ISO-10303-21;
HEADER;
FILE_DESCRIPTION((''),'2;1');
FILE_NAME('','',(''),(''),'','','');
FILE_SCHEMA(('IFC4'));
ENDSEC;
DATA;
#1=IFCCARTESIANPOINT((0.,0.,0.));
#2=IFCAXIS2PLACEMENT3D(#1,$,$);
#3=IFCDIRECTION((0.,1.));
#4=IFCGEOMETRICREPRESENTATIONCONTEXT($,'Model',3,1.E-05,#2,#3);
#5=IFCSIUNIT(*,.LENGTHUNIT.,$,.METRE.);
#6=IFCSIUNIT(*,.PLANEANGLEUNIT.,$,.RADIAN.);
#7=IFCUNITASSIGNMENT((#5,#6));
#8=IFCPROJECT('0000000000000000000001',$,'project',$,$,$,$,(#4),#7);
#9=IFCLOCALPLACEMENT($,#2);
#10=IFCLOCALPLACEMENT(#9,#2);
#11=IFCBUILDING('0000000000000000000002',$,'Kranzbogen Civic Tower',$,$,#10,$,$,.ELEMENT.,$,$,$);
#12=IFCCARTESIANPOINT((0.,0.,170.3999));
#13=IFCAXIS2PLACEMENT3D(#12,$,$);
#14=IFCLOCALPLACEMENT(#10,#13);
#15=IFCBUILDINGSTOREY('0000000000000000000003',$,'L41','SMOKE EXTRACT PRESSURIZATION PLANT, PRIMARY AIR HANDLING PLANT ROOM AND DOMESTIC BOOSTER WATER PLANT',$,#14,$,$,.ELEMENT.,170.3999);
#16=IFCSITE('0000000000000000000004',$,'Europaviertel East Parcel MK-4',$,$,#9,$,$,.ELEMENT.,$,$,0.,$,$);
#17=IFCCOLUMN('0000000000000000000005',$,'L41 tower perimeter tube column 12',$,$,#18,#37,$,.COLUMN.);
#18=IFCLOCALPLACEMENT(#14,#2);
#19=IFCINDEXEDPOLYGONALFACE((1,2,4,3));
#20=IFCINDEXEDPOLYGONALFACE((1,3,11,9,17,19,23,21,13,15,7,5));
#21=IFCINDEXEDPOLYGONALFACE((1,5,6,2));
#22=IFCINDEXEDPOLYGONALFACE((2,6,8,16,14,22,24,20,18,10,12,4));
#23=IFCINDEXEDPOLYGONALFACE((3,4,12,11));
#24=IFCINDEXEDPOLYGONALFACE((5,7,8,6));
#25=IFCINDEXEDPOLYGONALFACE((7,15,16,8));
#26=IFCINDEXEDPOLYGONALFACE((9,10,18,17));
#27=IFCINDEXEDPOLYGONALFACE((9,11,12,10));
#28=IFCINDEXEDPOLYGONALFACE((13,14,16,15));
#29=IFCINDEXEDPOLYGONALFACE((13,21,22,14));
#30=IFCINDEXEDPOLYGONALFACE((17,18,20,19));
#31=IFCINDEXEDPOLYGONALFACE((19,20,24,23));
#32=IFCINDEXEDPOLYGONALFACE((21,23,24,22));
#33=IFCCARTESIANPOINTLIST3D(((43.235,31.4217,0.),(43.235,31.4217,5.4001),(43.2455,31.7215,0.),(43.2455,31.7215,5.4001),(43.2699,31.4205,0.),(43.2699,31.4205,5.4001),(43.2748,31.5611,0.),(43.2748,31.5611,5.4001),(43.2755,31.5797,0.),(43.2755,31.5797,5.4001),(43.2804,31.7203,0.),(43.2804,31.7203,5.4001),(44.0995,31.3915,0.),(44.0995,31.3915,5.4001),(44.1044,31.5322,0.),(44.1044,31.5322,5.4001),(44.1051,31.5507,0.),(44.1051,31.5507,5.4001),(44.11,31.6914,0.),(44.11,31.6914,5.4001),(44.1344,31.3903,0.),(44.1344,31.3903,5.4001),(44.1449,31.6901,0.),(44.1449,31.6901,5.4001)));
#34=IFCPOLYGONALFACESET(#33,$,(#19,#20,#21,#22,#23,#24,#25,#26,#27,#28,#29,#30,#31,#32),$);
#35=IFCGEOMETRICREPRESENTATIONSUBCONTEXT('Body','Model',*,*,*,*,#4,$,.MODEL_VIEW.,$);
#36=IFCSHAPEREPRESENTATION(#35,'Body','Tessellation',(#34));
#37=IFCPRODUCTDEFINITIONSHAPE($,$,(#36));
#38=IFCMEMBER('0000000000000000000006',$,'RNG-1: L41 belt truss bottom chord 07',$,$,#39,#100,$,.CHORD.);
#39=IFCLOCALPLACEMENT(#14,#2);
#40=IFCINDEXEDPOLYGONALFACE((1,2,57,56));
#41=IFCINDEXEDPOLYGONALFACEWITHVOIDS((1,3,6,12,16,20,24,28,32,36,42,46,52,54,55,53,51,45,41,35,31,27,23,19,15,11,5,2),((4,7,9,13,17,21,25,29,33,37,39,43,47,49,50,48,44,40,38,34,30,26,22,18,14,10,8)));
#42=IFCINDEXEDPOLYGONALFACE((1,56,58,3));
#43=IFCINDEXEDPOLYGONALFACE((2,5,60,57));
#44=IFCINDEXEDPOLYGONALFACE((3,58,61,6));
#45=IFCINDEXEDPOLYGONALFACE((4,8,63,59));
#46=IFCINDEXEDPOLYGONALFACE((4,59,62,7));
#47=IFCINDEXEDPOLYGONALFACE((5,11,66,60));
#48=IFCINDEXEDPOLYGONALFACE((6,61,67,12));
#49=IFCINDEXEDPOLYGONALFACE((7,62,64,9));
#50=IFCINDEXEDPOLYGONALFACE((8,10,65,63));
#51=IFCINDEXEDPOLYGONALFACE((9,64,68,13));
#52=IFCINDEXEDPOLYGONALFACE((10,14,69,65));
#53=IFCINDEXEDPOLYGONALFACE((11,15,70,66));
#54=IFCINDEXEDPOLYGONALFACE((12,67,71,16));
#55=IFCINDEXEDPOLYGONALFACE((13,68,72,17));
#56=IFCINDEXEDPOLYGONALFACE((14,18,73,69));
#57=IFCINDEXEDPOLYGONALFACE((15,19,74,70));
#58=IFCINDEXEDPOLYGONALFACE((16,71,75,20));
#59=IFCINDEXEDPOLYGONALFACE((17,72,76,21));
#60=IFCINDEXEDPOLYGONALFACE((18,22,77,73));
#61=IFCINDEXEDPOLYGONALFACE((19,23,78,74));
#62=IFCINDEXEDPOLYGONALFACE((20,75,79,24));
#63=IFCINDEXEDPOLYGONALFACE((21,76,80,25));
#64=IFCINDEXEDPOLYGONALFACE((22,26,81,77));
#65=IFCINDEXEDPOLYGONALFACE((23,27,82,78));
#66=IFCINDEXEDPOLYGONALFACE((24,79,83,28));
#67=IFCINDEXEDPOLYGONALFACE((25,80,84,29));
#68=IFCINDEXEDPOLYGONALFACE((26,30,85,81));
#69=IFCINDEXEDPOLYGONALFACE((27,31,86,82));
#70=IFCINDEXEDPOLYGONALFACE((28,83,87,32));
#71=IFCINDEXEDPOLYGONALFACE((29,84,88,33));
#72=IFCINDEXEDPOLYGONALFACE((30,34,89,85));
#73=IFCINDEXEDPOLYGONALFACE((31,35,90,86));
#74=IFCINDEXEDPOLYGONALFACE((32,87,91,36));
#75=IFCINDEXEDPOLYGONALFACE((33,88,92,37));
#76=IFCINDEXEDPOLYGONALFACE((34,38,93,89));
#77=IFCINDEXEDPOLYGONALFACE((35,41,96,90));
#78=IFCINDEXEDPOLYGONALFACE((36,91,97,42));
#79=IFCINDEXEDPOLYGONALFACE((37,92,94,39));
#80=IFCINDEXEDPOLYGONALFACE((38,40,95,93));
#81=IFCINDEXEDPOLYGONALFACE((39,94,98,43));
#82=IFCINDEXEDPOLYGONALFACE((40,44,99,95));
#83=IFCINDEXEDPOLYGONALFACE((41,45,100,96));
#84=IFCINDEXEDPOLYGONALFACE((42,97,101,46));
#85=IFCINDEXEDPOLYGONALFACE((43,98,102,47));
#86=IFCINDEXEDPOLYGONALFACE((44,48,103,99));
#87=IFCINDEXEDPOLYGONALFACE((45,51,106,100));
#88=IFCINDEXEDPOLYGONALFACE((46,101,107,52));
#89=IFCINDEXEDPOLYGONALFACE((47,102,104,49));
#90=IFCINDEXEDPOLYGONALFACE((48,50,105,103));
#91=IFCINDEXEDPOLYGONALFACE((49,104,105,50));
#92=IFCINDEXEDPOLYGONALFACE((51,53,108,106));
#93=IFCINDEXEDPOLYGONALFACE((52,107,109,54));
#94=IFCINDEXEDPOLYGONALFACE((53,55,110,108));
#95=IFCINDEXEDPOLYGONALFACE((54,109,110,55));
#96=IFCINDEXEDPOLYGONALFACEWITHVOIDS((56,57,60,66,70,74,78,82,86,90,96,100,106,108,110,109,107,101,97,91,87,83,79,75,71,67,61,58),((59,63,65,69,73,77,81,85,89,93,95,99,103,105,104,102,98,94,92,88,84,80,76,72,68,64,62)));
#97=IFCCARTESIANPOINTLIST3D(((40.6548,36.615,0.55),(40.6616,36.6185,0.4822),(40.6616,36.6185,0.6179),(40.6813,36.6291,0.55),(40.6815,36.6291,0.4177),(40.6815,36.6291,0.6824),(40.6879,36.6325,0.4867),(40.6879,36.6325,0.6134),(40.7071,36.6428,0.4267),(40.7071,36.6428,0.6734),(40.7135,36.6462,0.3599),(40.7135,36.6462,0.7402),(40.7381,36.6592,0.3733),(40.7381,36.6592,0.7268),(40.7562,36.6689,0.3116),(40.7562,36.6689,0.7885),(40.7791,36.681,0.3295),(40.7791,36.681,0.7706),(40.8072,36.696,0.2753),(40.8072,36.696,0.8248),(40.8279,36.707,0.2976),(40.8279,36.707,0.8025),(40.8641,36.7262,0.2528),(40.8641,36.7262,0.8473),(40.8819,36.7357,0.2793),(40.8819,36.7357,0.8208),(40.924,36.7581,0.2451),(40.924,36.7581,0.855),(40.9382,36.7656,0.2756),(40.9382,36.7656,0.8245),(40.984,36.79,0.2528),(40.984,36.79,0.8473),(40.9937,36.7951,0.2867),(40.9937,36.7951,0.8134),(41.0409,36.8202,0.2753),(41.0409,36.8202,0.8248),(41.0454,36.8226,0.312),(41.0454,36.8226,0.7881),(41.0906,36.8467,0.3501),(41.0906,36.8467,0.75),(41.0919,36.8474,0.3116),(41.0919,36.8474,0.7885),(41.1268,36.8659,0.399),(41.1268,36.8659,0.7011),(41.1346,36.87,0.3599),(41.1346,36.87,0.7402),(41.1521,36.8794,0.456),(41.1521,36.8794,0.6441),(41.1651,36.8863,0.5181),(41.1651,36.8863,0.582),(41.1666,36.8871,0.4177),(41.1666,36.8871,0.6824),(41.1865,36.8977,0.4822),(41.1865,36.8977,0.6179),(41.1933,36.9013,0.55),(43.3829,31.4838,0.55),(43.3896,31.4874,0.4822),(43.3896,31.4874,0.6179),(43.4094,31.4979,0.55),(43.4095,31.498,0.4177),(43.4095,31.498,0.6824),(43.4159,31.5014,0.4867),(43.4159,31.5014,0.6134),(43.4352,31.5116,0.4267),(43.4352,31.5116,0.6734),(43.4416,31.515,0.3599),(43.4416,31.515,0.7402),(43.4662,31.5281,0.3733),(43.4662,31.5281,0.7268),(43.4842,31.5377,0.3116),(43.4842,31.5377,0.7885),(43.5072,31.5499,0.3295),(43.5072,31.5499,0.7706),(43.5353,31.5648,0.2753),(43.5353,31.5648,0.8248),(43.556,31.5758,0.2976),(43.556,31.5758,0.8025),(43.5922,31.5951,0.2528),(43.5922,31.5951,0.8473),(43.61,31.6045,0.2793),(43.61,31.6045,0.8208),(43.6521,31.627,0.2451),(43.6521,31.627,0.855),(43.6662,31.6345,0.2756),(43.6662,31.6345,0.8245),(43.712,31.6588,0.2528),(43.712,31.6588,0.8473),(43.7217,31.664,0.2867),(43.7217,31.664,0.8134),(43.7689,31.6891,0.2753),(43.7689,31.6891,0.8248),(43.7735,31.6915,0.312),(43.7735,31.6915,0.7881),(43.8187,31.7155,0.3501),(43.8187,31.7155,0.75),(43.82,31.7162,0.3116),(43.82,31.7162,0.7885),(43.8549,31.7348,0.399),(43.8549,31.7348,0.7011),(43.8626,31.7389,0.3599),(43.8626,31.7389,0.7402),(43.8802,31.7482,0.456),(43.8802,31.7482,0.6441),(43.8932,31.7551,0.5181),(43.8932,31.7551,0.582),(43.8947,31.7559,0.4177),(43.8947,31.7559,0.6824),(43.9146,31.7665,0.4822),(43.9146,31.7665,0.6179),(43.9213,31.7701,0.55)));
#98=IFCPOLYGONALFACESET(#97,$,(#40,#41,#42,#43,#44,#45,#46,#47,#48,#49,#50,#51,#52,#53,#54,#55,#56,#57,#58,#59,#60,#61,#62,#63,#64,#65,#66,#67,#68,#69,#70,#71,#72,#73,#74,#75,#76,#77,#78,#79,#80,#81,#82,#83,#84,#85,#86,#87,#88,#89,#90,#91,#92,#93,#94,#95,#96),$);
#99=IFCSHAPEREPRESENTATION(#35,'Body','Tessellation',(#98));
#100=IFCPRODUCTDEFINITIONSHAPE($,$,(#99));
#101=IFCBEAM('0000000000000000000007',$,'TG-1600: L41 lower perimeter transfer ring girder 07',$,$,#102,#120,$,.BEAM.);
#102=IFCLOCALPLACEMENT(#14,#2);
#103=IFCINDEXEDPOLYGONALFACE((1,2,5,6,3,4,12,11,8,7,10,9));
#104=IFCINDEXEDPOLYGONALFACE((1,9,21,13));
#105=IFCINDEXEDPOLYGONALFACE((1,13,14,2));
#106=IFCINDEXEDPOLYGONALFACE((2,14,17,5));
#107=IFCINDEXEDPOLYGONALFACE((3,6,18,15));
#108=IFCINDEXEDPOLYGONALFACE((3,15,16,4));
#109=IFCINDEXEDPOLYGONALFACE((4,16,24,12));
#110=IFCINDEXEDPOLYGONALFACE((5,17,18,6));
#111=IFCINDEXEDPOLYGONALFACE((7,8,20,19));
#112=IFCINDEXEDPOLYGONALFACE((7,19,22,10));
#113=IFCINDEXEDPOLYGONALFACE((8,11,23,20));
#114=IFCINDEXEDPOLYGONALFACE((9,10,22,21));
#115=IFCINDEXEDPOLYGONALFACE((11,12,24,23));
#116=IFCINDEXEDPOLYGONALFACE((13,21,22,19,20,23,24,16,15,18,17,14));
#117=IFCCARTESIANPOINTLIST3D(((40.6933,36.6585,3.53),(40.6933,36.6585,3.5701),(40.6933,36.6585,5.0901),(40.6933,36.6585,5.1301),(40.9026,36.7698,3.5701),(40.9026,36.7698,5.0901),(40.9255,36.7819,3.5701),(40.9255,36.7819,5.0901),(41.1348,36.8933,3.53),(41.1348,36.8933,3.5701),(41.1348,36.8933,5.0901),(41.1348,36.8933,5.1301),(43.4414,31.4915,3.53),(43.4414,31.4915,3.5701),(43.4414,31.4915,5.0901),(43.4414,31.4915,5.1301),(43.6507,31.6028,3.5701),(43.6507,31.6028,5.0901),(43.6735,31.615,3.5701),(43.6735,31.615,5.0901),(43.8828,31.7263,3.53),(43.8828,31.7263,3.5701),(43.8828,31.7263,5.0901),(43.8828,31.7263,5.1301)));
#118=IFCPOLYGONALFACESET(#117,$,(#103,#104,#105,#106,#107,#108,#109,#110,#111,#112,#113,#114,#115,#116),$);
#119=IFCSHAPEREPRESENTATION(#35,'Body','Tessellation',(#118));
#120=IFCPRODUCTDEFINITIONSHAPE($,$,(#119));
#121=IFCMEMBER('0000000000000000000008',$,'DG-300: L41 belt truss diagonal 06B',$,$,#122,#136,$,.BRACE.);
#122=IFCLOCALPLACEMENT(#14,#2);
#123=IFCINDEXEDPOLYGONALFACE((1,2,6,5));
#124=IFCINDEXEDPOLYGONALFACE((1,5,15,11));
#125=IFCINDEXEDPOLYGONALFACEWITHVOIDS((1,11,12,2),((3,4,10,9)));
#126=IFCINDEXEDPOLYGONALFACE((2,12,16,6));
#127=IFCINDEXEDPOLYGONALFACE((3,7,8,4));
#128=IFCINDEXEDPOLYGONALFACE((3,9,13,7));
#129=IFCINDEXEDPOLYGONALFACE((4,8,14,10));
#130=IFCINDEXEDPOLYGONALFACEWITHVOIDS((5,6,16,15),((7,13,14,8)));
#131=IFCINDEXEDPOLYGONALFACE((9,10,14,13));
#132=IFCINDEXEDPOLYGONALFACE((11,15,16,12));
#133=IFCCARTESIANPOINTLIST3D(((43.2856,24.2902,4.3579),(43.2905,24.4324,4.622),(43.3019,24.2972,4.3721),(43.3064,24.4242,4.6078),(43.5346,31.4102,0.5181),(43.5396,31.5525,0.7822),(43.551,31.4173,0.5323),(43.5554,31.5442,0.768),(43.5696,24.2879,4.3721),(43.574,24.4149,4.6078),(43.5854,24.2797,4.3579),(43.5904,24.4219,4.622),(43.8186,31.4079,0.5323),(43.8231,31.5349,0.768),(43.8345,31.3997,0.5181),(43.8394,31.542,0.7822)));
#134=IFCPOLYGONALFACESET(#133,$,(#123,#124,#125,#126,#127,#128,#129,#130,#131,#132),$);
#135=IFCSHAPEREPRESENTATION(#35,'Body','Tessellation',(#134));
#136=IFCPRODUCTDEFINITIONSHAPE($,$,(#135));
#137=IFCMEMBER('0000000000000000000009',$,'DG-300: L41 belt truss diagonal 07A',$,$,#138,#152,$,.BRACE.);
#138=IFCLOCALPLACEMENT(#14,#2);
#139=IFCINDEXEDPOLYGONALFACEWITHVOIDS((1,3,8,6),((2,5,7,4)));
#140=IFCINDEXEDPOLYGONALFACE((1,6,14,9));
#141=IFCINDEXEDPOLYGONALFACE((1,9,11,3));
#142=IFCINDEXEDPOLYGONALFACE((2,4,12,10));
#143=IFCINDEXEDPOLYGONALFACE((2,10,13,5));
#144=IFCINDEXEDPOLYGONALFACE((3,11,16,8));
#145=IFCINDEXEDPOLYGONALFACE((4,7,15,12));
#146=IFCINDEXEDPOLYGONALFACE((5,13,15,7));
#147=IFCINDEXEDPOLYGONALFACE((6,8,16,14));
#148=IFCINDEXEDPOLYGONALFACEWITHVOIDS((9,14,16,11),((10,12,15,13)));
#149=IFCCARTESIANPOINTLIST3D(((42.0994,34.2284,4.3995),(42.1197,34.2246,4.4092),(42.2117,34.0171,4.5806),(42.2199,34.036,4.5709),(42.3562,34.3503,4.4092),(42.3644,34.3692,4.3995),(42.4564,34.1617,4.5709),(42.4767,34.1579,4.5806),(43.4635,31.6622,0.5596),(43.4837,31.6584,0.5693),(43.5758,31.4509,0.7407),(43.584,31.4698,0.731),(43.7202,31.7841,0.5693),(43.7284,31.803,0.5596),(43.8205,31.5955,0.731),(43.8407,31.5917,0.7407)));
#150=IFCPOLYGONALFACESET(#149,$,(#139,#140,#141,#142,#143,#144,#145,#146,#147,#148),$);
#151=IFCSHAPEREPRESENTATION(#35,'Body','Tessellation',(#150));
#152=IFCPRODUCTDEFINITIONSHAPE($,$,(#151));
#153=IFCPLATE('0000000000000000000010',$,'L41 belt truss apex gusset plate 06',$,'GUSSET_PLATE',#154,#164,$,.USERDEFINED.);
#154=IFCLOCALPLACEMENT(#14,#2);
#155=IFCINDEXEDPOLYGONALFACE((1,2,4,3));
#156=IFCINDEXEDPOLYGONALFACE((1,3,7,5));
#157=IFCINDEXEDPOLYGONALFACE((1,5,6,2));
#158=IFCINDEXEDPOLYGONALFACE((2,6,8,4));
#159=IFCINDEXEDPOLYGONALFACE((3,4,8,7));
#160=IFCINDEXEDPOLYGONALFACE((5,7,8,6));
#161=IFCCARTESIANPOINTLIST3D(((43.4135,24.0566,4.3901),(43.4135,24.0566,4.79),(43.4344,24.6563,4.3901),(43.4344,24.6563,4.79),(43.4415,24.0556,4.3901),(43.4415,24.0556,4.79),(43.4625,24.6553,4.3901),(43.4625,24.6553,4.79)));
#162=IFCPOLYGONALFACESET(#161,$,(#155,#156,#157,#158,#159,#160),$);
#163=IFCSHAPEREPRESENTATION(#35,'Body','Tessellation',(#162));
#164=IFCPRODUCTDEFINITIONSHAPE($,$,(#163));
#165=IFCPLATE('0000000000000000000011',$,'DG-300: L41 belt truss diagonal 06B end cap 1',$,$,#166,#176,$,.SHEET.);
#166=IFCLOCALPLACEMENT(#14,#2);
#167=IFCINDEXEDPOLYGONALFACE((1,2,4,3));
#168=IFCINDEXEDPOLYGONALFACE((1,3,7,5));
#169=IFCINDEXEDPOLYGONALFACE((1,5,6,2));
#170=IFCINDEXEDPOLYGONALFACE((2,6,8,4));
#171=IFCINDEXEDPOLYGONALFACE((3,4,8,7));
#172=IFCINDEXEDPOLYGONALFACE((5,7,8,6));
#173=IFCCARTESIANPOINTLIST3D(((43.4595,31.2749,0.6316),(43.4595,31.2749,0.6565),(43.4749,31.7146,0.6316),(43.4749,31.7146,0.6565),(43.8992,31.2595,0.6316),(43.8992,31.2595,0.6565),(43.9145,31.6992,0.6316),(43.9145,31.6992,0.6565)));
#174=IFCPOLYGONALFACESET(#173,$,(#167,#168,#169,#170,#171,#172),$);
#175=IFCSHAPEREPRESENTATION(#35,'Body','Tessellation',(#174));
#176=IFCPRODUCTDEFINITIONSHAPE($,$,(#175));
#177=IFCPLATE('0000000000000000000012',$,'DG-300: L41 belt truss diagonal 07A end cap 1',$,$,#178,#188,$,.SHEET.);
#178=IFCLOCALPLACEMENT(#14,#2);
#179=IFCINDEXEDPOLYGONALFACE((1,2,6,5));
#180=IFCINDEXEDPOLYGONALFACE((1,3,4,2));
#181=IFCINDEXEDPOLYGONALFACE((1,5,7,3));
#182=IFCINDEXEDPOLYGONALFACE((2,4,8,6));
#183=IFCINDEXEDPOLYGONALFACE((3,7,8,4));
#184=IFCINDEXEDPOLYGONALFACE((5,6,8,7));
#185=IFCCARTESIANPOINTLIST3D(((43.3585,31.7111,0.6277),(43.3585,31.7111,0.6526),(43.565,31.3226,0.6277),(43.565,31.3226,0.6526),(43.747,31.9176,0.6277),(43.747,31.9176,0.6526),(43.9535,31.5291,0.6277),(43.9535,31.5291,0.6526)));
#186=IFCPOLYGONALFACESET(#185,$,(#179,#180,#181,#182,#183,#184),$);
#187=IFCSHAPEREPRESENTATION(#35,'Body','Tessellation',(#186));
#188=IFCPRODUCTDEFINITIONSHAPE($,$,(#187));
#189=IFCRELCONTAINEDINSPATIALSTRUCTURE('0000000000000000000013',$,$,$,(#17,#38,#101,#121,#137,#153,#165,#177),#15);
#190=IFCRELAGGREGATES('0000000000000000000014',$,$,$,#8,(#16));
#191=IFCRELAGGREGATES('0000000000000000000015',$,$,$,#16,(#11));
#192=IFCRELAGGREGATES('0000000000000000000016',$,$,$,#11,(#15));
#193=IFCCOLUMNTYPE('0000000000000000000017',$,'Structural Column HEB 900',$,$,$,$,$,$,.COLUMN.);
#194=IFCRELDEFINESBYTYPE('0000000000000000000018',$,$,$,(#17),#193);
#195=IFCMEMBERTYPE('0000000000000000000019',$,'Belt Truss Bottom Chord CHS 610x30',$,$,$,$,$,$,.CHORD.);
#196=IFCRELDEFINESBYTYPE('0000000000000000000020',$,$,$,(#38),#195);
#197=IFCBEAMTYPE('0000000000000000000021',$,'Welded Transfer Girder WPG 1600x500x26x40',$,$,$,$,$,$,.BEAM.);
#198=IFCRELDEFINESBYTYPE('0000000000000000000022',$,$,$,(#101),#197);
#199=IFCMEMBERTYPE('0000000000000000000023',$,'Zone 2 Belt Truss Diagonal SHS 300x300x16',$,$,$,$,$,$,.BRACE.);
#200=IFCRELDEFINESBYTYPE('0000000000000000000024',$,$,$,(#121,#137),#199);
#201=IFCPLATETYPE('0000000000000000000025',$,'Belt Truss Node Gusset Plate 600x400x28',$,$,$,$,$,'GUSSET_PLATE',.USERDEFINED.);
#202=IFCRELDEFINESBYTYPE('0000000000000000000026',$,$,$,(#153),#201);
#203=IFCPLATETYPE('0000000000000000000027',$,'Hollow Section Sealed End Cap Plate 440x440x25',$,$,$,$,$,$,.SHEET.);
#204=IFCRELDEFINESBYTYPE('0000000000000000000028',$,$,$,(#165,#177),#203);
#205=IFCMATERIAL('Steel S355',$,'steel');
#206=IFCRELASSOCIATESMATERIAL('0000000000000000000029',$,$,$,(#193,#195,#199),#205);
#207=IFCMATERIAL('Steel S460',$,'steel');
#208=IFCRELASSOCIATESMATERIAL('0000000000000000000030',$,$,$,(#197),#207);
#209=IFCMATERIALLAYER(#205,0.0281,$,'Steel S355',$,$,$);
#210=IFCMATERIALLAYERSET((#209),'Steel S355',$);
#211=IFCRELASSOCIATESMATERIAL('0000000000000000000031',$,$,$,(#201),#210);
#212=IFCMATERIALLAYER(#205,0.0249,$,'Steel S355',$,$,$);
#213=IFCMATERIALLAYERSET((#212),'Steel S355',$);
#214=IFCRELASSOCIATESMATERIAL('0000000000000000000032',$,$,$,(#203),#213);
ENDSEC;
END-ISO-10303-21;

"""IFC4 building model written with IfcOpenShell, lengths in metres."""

from ifc_helpers import new_model, si_unit, direction, frame, origin, origin_2d, place, context, subcontext, project, spatial, rectangle, hollow_rectangle, hollow_circle, i_section, extrude, material, layer, layer_set, material_profile, profile_set, type_object, element, save


model = new_model("IFC4")

# Units and contexts
model_context = context("Model", 3, precision=1e-05, world=origin(), true_north=direction((0.0, 1.0)))
body_context = subcontext(model_context, "Body", "Model", "MODEL_VIEW")
ifc_project = project(units=[si_unit("LENGTHUNIT", "METRE"), si_unit("PLANEANGLEUNIT", "RADIAN")], contexts=[model_context])

# Site, building, storey
site_placement = place(None, origin())
site = spatial("IfcSite", under=ifc_project, at=site_placement, Name="Europaviertel East Parcel MK-4", CompositionType="ELEMENT", RefElevation=0.0)
building_placement = place(site_placement, origin())
building = spatial("IfcBuilding", under=site, at=building_placement, Name="Kranzbogen Civic Tower", CompositionType="ELEMENT")
storey_placement = place(building_placement, frame((0.0, 0.0, 170.3999)))
storey = spatial("IfcBuildingStorey", under=building, at=storey_placement, Name="L41", Description="SMOKE EXTRACT PRESSURIZATION PLANT, PRIMARY AIR HANDLING PLANT ROOM AND DOMESTIC BOOSTER WATER PLANT", CompositionType="ELEMENT", Elevation=170.3999)

# Column
ifc_material_1 = material(Name="Steel S355", Category="steel")
ifc_material_profile_1 = material_profile(ifc_material_1, i_section(OverallWidth=0.3, OverallDepth=0.8999, WebThickness=0.0186, FlangeThickness=0.0349, at=origin_2d()), Name="HEB 900")
ifc_profile_set_1 = profile_set([ifc_material_profile_1], Name="Steel S355")
column_type = type_object("IfcColumnType", Name="Structural Column HEB 900", PredefinedType="COLUMN", material=ifc_profile_set_1)
column_placement = place(storey_placement, frame((43.6899, 31.5559, 0.0), z_axis=(0.0, 0.0, 1.0), x_axis=(0.034899, 0.999391, 0.0)))
element("IfcColumn", 1, at=column_placement, inside=storey, type_object=column_type, Name="L41 tower perimeter tube column 12", PredefinedType="COLUMN", context=body_context, shape_type="SweptSolid", body=[
    extrude(i_section(OverallWidth=0.3, OverallDepth=0.8999, WebThickness=0.0186, FlangeThickness=0.0349, at=origin_2d()), origin(), (0.0, 0.0, 1.0), 5.4001),
])

# Member
ifc_material_profile_2 = material_profile(ifc_material_1, hollow_circle(Radius=0.3049, WallThickness=0.03, at=origin_2d()), Name="CHS 610x30")
ifc_profile_set_2 = profile_set([ifc_material_profile_2], Name="Steel S355")
member_type_1 = type_object("IfcMemberType", Name="Belt Truss Bottom Chord CHS 610x30", PredefinedType="CHORD", material=ifc_profile_set_2)
member_1_placement = place(storey_placement, frame((43.6521, 31.627, 0.55), z_axis=(-0.469441, 0.882964, 0.0), x_axis=(-0.882964, -0.469441, 0.0)))
element("IfcMember", 2, at=member_1_placement, inside=storey, type_object=member_type_1, Name="RNG-1: L41 belt truss bottom chord 07", PredefinedType="CHORD", context=body_context, shape_type="SweptSolid", body=[
    extrude(hollow_circle(Radius=0.3049, WallThickness=0.03, at=origin_2d()), origin(), (0.0, 0.0, 1.0), 5.8113),
])

# Beam
ifc_material_2 = material(Name="Steel S460", Category="steel")
ifc_material_profile_3 = material_profile(ifc_material_2, i_section(OverallWidth=0.5, OverallDepth=1.6001, WebThickness=0.0259, FlangeThickness=0.04, at=origin_2d()), Name="WPG 1600x500x26x40")
ifc_profile_set_3 = profile_set([ifc_material_profile_3], Name="Steel S460")
beam_type = type_object("IfcBeamType", Name="Welded Transfer Girder WPG 1600x500x26x40", PredefinedType="BEAM", material=ifc_profile_set_3)
beam_placement = place(storey_placement, frame((43.6621, 31.6089, 4.3301), z_axis=(-0.469566, 0.882897, 0.0), x_axis=(-0.882897, -0.469566, 0.0)))
element("IfcBeam", 3, at=beam_placement, inside=storey, type_object=beam_type, Name="TG-1600: L41 lower perimeter transfer ring girder 07", PredefinedType="BEAM", context=body_context, shape_type="SweptSolid", body=[
    extrude(i_section(OverallWidth=0.5, OverallDepth=1.6001, WebThickness=0.0259, FlangeThickness=0.04, at=origin_2d()), origin(), (0.0, 0.0, 1.0), 5.8523),
])

# Members
ifc_material_profile_4 = material_profile(ifc_material_1, hollow_rectangle(XDim=0.3, YDim=0.3, WallThickness=0.0161, at=origin_2d()), Name="SHS 300x300x16")
ifc_profile_set_4 = profile_set([ifc_material_profile_4], Name="Steel S355")
member_type_2 = type_object("IfcMemberType", Name="Zone 2 Belt Truss Diagonal SHS 300x300x16", PredefinedType="BRACE", material=ifc_profile_set_4)
member_2_placement = place(storey_placement, frame((43.687, 31.4761, 0.6501), z_axis=(-0.030769, -0.879748, 0.474444), x_axis=(0.999389, -0.034953, 0.0)))
element("IfcMember", 4, at=member_2_placement, inside=storey, type_object=member_type_2, Name="DG-300: L41 belt truss diagonal 06B", PredefinedType="BRACE", context=body_context, shape_type="SweptSolid", body=[
    extrude(hollow_rectangle(XDim=0.3, YDim=0.3, WallThickness=0.0161, at=origin_2d()), origin(), (0.0, 0.0, 1.0), 8.0933),
])
member_3_placement = place(storey_placement, frame((43.6521, 31.627, 0.6501), z_axis=(-0.283248, 0.532884, 0.797374), x_axis=(-0.88301, -0.469354, 0.0)))
element("IfcMember", 5, at=member_3_placement, inside=storey, type_object=member_type_2, Name="DG-300: L41 belt truss diagonal 07A", PredefinedType="BRACE", context=body_context, shape_type="SweptSolid", body=[
    extrude(hollow_rectangle(XDim=0.3, YDim=0.3, WallThickness=0.0161, at=origin_2d()), origin(), (0.0, 0.0, 1.0), 4.8157),
])

# Plates
ifc_layer_1 = layer(ifc_material_1, 0.0281, Name="Steel S355")
ifc_layer_set_1 = layer_set([ifc_layer_1], Name="Steel S355")
plate_type_1 = type_object("IfcPlateType", Name="Belt Truss Node Gusset Plate 600x400x28", ElementType="GUSSET_PLATE", PredefinedType="USERDEFINED", material=ifc_layer_set_1)
plate_placement = place(storey_placement, frame((43.438, 24.356, 4.3901), z_axis=(0.0, 0.0, 1.0), x_axis=(0.034917, 0.99939, 0.0)))
element("IfcPlate", 6, at=plate_placement, inside=storey, type_object=plate_type_1, Name="L41 belt truss apex gusset plate 06", ObjectType="GUSSET_PLATE", PredefinedType="USERDEFINED", context=body_context, shape_type="SweptSolid", body=[
    extrude(rectangle(XDim=0.6001, YDim=0.0281, at=origin_2d()), origin(), (0.0, 0.0, 1.0), 0.3999),
])
ifc_layer_2 = layer(ifc_material_1, 0.0249, Name="Steel S355")
ifc_layer_set_2 = layer_set([ifc_layer_2], Name="Steel S355")
plate_type_2 = type_object("IfcPlateType", Name="Hollow Section Sealed End Cap Plate 440x440x25", PredefinedType="SHEET", material=ifc_layer_set_2)
for number, where, z_axis, x_axis, name in (
    (7, (43.687, 31.4871, 0.6316), (0.0, 0.0, 1.0), (-0.034952, -0.999389, 0.0), "DG-300: L41 belt truss diagonal 06B end cap 1"),
    (8, (43.656, 31.6201, 0.6277), (0.0, 0.0, 1.0), (-0.469379, 0.882997, 0.0), "DG-300: L41 belt truss diagonal 07A end cap 1"),
):
    element("IfcPlate", number, at=place(storey_placement, frame(where, z_axis=z_axis, x_axis=x_axis)), inside=storey, type_object=plate_type_2, Name=name, PredefinedType="SHEET", context=body_context, shape_type="SweptSolid", body=[
        extrude(rectangle(XDim=0.4399, YDim=0.4399, at=origin_2d()), origin(), (0.0, 0.0, 1.0), 0.0249),
    ])

save(model, "model.ifc")
